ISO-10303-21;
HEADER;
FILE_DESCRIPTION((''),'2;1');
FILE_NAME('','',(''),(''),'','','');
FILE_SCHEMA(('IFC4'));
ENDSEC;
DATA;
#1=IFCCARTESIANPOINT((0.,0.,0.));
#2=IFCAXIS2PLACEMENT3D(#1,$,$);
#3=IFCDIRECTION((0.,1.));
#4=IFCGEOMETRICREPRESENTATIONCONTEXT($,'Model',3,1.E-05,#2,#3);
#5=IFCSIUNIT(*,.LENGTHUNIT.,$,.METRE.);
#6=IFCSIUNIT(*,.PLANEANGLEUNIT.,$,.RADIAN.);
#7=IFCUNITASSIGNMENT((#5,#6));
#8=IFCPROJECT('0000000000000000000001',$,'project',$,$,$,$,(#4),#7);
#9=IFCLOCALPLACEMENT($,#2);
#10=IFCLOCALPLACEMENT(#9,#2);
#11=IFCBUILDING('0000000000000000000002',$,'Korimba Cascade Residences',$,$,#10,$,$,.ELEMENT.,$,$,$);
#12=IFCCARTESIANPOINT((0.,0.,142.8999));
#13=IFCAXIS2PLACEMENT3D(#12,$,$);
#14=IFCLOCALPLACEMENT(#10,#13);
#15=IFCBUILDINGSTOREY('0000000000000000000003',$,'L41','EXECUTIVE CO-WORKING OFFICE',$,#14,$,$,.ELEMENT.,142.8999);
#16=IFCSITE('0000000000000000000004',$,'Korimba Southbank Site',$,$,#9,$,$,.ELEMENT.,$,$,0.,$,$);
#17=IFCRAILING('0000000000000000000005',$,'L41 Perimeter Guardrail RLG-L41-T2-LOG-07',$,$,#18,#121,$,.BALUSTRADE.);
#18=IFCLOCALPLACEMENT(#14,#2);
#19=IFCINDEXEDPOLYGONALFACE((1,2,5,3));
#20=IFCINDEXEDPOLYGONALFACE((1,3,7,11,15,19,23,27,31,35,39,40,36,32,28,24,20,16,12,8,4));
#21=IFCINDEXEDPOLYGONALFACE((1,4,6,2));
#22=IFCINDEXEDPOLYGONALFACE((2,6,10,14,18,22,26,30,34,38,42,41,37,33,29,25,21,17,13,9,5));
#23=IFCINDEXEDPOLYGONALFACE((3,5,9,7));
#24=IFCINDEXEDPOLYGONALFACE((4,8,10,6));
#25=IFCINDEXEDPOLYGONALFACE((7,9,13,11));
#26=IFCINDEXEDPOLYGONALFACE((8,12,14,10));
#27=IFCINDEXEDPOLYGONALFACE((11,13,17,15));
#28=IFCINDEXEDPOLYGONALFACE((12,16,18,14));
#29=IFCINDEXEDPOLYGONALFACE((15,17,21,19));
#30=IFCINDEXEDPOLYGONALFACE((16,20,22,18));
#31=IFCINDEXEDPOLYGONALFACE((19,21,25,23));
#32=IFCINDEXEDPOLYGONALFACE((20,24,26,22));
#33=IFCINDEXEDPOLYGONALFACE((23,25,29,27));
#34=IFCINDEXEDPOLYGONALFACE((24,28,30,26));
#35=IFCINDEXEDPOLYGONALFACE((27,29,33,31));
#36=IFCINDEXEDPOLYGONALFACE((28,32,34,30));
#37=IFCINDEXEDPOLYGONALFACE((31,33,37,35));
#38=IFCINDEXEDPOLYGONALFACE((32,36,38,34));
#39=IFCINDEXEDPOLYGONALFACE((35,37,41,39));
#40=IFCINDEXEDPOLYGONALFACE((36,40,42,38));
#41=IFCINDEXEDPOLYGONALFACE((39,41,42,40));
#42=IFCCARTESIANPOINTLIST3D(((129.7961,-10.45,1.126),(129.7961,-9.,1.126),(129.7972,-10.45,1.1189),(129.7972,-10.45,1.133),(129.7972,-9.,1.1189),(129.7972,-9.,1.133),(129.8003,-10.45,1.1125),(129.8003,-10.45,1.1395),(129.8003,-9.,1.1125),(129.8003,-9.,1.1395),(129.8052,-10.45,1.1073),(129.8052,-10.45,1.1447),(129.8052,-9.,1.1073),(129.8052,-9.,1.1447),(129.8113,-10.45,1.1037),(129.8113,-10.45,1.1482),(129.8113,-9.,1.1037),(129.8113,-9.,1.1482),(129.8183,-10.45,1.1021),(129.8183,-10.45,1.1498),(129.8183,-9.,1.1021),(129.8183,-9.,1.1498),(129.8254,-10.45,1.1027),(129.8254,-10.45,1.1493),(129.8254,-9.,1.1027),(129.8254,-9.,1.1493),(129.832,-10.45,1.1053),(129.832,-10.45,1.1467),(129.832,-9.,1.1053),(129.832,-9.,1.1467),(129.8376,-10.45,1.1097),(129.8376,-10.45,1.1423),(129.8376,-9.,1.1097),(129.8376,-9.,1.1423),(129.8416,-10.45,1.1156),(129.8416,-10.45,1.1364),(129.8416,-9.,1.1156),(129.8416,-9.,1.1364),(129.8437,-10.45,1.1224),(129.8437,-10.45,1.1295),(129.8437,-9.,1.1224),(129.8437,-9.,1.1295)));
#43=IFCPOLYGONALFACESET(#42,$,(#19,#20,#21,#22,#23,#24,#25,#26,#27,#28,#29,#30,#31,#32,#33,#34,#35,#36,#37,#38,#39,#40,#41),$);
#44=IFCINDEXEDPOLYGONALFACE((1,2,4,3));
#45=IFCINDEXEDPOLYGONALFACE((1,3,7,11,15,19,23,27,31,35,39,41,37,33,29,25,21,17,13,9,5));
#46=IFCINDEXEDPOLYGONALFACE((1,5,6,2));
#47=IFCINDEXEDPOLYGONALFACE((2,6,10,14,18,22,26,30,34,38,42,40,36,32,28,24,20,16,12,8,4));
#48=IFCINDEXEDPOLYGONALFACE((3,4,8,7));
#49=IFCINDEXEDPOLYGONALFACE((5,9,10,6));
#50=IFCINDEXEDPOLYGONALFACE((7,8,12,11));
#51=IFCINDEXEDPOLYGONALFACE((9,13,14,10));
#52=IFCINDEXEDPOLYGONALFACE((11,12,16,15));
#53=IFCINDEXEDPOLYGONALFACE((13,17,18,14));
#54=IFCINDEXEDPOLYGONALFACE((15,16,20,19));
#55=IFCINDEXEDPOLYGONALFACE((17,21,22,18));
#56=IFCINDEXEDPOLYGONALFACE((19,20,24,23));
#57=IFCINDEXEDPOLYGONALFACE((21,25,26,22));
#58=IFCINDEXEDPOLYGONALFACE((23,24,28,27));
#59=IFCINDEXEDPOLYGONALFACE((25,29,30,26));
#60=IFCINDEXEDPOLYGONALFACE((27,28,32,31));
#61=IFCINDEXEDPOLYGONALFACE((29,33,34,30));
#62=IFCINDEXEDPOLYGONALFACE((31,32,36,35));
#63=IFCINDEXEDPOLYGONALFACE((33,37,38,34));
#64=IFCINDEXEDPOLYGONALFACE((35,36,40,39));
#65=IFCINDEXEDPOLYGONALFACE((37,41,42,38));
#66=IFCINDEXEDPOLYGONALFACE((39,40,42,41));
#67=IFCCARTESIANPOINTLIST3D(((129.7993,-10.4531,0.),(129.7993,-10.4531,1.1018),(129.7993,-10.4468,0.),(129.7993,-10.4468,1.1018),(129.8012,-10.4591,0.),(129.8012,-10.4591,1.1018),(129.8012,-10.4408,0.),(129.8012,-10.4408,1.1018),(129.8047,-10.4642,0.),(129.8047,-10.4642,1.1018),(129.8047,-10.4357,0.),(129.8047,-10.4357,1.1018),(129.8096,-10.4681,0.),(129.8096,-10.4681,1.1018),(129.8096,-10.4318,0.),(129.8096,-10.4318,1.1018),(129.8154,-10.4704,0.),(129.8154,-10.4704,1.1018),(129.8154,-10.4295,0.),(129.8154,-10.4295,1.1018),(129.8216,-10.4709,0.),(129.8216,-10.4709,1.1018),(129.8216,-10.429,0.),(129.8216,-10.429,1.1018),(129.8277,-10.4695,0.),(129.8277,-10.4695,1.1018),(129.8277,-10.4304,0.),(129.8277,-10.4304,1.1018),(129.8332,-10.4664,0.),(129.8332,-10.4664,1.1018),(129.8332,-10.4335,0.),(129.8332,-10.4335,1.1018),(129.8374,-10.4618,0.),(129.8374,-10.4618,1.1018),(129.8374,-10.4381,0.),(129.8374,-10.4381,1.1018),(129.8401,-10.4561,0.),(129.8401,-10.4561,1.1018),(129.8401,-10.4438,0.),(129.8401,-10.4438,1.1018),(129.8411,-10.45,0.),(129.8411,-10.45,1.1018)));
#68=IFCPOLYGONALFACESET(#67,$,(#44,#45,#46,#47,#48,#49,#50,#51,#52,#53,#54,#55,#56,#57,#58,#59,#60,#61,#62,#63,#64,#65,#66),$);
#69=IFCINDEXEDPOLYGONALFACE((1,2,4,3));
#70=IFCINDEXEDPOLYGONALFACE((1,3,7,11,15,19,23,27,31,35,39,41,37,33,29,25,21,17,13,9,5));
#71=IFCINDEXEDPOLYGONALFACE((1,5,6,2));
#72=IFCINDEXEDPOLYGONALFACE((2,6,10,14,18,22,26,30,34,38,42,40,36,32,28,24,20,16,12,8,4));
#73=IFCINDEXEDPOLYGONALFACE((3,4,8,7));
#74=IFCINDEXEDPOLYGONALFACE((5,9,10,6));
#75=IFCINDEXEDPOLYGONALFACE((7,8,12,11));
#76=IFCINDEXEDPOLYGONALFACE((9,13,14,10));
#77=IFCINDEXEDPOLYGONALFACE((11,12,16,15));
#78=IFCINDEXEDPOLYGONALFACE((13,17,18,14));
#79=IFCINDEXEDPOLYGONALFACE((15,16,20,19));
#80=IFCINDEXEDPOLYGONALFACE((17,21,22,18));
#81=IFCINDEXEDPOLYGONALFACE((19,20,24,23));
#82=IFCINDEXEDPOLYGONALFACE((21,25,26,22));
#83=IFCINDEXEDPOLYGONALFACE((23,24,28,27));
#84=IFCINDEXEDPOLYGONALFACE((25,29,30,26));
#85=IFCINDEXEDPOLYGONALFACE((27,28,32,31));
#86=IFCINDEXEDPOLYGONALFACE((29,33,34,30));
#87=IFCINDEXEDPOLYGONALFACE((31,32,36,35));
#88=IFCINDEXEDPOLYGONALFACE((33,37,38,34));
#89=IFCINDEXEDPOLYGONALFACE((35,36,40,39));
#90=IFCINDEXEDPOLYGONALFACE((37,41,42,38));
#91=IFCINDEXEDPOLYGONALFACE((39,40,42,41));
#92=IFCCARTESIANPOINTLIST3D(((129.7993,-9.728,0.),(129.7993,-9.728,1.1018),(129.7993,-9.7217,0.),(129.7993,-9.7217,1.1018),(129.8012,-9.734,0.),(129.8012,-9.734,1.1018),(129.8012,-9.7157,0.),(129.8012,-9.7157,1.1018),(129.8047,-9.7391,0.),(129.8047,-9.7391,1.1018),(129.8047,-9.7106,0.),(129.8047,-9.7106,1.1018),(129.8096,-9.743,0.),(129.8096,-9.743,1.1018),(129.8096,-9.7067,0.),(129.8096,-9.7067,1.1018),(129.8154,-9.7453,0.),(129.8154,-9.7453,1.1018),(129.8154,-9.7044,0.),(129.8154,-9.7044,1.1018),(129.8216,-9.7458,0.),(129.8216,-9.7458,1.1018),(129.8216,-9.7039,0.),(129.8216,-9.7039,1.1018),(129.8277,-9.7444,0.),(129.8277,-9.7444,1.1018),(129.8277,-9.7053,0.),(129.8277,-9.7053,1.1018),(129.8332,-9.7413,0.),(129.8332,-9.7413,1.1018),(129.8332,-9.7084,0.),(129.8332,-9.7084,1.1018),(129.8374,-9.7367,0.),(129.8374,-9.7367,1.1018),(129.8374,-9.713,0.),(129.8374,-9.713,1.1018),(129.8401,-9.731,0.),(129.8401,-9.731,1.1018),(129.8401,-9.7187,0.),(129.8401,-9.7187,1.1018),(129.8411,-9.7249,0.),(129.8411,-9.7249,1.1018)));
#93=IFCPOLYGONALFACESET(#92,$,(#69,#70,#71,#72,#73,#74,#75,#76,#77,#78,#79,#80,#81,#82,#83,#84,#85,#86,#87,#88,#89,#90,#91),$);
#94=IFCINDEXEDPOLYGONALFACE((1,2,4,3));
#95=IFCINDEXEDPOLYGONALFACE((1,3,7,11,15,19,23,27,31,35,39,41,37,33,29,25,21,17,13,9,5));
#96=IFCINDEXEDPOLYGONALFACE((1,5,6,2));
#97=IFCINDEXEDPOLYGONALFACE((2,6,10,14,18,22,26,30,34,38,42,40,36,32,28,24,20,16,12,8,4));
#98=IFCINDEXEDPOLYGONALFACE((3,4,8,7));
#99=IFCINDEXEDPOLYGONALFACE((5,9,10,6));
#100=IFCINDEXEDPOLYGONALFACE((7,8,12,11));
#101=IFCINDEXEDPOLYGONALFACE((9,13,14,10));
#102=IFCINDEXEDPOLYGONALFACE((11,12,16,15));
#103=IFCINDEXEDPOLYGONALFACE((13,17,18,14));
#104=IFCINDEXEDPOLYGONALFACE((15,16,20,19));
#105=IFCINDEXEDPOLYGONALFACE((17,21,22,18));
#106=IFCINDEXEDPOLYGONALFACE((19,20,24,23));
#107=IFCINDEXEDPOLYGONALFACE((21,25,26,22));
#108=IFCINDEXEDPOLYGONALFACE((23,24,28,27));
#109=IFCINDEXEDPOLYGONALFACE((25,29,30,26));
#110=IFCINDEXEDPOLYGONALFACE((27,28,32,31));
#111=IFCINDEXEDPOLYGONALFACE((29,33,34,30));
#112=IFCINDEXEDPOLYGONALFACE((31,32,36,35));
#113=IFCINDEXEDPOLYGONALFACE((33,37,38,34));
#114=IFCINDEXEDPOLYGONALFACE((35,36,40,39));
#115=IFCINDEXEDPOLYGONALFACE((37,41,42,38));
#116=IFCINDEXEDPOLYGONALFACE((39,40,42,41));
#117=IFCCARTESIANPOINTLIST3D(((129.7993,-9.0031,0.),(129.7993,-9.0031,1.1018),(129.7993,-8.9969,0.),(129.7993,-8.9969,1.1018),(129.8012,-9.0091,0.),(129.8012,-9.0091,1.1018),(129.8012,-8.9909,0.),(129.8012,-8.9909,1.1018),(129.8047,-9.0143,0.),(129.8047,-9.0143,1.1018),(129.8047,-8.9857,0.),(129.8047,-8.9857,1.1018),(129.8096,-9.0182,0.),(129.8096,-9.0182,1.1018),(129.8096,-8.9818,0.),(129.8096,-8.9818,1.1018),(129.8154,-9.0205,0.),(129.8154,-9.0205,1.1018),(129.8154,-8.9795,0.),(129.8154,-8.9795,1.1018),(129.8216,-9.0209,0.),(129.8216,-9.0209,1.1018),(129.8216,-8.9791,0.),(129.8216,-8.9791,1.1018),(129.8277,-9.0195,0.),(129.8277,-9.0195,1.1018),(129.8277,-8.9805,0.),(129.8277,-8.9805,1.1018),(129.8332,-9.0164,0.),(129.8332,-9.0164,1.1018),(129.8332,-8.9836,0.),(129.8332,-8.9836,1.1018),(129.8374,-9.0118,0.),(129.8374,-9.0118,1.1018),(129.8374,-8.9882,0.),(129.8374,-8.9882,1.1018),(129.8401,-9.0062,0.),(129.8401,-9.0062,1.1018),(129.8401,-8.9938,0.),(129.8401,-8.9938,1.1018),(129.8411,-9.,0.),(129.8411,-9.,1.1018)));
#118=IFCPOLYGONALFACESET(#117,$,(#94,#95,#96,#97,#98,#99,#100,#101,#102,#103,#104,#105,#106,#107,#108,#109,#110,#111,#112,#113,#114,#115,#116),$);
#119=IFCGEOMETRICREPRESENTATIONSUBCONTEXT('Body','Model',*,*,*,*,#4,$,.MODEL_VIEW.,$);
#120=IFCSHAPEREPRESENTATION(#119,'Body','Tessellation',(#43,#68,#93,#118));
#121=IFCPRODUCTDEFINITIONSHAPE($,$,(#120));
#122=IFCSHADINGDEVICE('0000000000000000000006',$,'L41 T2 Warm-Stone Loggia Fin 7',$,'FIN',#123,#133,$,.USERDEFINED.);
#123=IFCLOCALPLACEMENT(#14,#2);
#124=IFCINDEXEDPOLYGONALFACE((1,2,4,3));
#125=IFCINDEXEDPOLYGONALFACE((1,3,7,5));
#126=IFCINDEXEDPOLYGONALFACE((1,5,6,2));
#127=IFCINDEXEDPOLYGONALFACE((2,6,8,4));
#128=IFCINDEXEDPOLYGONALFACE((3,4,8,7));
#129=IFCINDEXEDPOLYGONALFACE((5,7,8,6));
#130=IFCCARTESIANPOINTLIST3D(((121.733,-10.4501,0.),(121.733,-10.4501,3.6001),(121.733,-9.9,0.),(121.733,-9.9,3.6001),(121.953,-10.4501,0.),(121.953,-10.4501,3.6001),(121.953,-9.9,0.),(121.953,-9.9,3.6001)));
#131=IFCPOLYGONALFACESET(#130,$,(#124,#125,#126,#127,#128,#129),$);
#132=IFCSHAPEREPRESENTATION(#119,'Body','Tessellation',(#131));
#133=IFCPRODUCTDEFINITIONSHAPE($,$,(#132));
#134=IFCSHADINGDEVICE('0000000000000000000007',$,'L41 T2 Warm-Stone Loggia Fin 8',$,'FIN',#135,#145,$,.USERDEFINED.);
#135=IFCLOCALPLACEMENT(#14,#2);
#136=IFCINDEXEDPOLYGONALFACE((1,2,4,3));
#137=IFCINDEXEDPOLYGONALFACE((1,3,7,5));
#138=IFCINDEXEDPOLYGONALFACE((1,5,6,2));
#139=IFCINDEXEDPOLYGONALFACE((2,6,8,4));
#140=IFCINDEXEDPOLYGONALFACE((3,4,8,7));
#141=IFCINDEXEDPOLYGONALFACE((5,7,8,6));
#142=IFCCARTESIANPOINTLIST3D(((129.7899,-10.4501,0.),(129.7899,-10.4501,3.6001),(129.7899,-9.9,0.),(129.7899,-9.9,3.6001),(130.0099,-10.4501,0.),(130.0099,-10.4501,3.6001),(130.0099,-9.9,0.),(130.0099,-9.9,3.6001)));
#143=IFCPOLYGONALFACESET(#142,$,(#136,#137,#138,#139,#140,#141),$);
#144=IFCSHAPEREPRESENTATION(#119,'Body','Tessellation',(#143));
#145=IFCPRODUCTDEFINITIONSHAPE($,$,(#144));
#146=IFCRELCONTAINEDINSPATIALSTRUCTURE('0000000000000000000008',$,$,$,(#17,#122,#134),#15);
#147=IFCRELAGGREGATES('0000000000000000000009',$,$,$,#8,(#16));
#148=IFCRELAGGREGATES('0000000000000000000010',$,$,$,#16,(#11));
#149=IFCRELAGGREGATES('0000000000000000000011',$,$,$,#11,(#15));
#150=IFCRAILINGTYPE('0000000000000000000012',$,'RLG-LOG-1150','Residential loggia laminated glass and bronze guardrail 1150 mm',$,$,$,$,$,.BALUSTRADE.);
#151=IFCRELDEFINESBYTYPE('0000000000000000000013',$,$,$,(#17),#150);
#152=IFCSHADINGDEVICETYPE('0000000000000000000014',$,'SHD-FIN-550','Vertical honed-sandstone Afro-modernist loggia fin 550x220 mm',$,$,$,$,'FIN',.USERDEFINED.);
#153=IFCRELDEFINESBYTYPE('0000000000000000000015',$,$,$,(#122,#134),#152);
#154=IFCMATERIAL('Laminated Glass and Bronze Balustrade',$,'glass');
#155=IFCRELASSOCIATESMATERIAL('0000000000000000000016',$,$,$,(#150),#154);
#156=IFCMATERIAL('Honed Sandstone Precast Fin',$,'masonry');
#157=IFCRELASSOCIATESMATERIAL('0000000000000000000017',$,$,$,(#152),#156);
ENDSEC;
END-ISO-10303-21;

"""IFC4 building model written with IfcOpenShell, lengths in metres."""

from ifc_helpers import new_model, si_unit, direction, frame, origin, origin_2d, place, context, subcontext, project, spatial, rectangle, circle, extrude, material, type_object, element, save


model = new_model("IFC4")

# Units and contexts
model_context = context("Model", 3, precision=1e-05, world=origin(), true_north=direction((0.0, 1.0)))
body_context = subcontext(model_context, "Body", "Model", "MODEL_VIEW")
ifc_project = project(units=[si_unit("LENGTHUNIT", "METRE"), si_unit("PLANEANGLEUNIT", "RADIAN")], contexts=[model_context])

# Site, building, storey
site_placement = place(None, origin())
site = spatial("IfcSite", under=ifc_project, at=site_placement, Name="Korimba Southbank Site", CompositionType="ELEMENT", RefElevation=0.0)
building_placement = place(site_placement, origin())
building = spatial("IfcBuilding", under=site, at=building_placement, Name="Korimba Cascade Residences", CompositionType="ELEMENT")
storey_placement = place(building_placement, frame((0.0, 0.0, 142.8999)))
storey = spatial("IfcBuildingStorey", under=building, at=storey_placement, Name="L41", Description="EXECUTIVE CO-WORKING OFFICE", CompositionType="ELEMENT", Elevation=142.8999)

# Railing
ifc_material_1 = material(Name="Laminated Glass and Bronze Balustrade", Category="glass")
railing_type = type_object("IfcRailingType", Name="RLG-LOG-1150", Description="Residential loggia laminated glass and bronze guardrail 1150 mm", PredefinedType="BALUSTRADE", material=ifc_material_1)
railing_placement = place(storey_placement, frame((129.8201, -10.45, 0.0)))
element("IfcRailing", 1, at=railing_placement, inside=storey, type_object=railing_type, Name="L41 Perimeter Guardrail RLG-L41-T2-LOG-07", PredefinedType="BALUSTRADE", context=body_context, shape_type="SweptSolid", body=[
    extrude(circle(Radius=0.0239, at=origin_2d()), frame((0.0, 0.0, 1.126), z_axis=(0.0, 1.0, 0.0), x_axis=(-1.0, 0.0, 0.0)), (0.0, 0.0, 1.0), 1.45),
    extrude(circle(Radius=0.021, at=origin_2d()), origin(), (0.0, 0.0, 1.0), 1.1018),
    extrude(circle(Radius=0.021, at=origin_2d()), frame((0.0, 0.7251, 0.0)), (0.0, 0.0, 1.0), 1.1018),
    extrude(circle(Radius=0.021, at=origin_2d()), frame((0.0, 1.45, 0.0)), (0.0, 0.0, 1.0), 1.1018),
])

# Shading devices
ifc_material_2 = material(Name="Honed Sandstone Precast Fin", Category="masonry")
shading_device_type = type_object("IfcShadingDeviceType", Name="SHD-FIN-550", Description="Vertical honed-sandstone Afro-modernist loggia fin 550x220 mm", ElementType="FIN", PredefinedType="USERDEFINED", material=ifc_material_2)
for number, where, z_axis, x_axis, name in (
    (2, (121.843, -10.175, 0.0), (0.0, 0.0, 1.0), (1.0, 0.0, 0.0), "L41 T2 Warm-Stone Loggia Fin 7"),
    (3, (129.8999, -10.175, 0.0), (0.0, 0.0, 1.0), (1.0, 0.0, 0.0), "L41 T2 Warm-Stone Loggia Fin 8"),
):
    element("IfcShadingDevice", number, at=place(storey_placement, frame(where, z_axis=z_axis, x_axis=x_axis)), inside=storey, type_object=shading_device_type, Name=name, ObjectType="FIN", PredefinedType="USERDEFINED", context=body_context, shape_type="SweptSolid", body=[
        extrude(rectangle(XDim=0.22, YDim=0.55, at=origin_2d()), origin(), (0.0, 0.0, 1.0), 3.6001),
    ])

save(model, "model.ifc")
